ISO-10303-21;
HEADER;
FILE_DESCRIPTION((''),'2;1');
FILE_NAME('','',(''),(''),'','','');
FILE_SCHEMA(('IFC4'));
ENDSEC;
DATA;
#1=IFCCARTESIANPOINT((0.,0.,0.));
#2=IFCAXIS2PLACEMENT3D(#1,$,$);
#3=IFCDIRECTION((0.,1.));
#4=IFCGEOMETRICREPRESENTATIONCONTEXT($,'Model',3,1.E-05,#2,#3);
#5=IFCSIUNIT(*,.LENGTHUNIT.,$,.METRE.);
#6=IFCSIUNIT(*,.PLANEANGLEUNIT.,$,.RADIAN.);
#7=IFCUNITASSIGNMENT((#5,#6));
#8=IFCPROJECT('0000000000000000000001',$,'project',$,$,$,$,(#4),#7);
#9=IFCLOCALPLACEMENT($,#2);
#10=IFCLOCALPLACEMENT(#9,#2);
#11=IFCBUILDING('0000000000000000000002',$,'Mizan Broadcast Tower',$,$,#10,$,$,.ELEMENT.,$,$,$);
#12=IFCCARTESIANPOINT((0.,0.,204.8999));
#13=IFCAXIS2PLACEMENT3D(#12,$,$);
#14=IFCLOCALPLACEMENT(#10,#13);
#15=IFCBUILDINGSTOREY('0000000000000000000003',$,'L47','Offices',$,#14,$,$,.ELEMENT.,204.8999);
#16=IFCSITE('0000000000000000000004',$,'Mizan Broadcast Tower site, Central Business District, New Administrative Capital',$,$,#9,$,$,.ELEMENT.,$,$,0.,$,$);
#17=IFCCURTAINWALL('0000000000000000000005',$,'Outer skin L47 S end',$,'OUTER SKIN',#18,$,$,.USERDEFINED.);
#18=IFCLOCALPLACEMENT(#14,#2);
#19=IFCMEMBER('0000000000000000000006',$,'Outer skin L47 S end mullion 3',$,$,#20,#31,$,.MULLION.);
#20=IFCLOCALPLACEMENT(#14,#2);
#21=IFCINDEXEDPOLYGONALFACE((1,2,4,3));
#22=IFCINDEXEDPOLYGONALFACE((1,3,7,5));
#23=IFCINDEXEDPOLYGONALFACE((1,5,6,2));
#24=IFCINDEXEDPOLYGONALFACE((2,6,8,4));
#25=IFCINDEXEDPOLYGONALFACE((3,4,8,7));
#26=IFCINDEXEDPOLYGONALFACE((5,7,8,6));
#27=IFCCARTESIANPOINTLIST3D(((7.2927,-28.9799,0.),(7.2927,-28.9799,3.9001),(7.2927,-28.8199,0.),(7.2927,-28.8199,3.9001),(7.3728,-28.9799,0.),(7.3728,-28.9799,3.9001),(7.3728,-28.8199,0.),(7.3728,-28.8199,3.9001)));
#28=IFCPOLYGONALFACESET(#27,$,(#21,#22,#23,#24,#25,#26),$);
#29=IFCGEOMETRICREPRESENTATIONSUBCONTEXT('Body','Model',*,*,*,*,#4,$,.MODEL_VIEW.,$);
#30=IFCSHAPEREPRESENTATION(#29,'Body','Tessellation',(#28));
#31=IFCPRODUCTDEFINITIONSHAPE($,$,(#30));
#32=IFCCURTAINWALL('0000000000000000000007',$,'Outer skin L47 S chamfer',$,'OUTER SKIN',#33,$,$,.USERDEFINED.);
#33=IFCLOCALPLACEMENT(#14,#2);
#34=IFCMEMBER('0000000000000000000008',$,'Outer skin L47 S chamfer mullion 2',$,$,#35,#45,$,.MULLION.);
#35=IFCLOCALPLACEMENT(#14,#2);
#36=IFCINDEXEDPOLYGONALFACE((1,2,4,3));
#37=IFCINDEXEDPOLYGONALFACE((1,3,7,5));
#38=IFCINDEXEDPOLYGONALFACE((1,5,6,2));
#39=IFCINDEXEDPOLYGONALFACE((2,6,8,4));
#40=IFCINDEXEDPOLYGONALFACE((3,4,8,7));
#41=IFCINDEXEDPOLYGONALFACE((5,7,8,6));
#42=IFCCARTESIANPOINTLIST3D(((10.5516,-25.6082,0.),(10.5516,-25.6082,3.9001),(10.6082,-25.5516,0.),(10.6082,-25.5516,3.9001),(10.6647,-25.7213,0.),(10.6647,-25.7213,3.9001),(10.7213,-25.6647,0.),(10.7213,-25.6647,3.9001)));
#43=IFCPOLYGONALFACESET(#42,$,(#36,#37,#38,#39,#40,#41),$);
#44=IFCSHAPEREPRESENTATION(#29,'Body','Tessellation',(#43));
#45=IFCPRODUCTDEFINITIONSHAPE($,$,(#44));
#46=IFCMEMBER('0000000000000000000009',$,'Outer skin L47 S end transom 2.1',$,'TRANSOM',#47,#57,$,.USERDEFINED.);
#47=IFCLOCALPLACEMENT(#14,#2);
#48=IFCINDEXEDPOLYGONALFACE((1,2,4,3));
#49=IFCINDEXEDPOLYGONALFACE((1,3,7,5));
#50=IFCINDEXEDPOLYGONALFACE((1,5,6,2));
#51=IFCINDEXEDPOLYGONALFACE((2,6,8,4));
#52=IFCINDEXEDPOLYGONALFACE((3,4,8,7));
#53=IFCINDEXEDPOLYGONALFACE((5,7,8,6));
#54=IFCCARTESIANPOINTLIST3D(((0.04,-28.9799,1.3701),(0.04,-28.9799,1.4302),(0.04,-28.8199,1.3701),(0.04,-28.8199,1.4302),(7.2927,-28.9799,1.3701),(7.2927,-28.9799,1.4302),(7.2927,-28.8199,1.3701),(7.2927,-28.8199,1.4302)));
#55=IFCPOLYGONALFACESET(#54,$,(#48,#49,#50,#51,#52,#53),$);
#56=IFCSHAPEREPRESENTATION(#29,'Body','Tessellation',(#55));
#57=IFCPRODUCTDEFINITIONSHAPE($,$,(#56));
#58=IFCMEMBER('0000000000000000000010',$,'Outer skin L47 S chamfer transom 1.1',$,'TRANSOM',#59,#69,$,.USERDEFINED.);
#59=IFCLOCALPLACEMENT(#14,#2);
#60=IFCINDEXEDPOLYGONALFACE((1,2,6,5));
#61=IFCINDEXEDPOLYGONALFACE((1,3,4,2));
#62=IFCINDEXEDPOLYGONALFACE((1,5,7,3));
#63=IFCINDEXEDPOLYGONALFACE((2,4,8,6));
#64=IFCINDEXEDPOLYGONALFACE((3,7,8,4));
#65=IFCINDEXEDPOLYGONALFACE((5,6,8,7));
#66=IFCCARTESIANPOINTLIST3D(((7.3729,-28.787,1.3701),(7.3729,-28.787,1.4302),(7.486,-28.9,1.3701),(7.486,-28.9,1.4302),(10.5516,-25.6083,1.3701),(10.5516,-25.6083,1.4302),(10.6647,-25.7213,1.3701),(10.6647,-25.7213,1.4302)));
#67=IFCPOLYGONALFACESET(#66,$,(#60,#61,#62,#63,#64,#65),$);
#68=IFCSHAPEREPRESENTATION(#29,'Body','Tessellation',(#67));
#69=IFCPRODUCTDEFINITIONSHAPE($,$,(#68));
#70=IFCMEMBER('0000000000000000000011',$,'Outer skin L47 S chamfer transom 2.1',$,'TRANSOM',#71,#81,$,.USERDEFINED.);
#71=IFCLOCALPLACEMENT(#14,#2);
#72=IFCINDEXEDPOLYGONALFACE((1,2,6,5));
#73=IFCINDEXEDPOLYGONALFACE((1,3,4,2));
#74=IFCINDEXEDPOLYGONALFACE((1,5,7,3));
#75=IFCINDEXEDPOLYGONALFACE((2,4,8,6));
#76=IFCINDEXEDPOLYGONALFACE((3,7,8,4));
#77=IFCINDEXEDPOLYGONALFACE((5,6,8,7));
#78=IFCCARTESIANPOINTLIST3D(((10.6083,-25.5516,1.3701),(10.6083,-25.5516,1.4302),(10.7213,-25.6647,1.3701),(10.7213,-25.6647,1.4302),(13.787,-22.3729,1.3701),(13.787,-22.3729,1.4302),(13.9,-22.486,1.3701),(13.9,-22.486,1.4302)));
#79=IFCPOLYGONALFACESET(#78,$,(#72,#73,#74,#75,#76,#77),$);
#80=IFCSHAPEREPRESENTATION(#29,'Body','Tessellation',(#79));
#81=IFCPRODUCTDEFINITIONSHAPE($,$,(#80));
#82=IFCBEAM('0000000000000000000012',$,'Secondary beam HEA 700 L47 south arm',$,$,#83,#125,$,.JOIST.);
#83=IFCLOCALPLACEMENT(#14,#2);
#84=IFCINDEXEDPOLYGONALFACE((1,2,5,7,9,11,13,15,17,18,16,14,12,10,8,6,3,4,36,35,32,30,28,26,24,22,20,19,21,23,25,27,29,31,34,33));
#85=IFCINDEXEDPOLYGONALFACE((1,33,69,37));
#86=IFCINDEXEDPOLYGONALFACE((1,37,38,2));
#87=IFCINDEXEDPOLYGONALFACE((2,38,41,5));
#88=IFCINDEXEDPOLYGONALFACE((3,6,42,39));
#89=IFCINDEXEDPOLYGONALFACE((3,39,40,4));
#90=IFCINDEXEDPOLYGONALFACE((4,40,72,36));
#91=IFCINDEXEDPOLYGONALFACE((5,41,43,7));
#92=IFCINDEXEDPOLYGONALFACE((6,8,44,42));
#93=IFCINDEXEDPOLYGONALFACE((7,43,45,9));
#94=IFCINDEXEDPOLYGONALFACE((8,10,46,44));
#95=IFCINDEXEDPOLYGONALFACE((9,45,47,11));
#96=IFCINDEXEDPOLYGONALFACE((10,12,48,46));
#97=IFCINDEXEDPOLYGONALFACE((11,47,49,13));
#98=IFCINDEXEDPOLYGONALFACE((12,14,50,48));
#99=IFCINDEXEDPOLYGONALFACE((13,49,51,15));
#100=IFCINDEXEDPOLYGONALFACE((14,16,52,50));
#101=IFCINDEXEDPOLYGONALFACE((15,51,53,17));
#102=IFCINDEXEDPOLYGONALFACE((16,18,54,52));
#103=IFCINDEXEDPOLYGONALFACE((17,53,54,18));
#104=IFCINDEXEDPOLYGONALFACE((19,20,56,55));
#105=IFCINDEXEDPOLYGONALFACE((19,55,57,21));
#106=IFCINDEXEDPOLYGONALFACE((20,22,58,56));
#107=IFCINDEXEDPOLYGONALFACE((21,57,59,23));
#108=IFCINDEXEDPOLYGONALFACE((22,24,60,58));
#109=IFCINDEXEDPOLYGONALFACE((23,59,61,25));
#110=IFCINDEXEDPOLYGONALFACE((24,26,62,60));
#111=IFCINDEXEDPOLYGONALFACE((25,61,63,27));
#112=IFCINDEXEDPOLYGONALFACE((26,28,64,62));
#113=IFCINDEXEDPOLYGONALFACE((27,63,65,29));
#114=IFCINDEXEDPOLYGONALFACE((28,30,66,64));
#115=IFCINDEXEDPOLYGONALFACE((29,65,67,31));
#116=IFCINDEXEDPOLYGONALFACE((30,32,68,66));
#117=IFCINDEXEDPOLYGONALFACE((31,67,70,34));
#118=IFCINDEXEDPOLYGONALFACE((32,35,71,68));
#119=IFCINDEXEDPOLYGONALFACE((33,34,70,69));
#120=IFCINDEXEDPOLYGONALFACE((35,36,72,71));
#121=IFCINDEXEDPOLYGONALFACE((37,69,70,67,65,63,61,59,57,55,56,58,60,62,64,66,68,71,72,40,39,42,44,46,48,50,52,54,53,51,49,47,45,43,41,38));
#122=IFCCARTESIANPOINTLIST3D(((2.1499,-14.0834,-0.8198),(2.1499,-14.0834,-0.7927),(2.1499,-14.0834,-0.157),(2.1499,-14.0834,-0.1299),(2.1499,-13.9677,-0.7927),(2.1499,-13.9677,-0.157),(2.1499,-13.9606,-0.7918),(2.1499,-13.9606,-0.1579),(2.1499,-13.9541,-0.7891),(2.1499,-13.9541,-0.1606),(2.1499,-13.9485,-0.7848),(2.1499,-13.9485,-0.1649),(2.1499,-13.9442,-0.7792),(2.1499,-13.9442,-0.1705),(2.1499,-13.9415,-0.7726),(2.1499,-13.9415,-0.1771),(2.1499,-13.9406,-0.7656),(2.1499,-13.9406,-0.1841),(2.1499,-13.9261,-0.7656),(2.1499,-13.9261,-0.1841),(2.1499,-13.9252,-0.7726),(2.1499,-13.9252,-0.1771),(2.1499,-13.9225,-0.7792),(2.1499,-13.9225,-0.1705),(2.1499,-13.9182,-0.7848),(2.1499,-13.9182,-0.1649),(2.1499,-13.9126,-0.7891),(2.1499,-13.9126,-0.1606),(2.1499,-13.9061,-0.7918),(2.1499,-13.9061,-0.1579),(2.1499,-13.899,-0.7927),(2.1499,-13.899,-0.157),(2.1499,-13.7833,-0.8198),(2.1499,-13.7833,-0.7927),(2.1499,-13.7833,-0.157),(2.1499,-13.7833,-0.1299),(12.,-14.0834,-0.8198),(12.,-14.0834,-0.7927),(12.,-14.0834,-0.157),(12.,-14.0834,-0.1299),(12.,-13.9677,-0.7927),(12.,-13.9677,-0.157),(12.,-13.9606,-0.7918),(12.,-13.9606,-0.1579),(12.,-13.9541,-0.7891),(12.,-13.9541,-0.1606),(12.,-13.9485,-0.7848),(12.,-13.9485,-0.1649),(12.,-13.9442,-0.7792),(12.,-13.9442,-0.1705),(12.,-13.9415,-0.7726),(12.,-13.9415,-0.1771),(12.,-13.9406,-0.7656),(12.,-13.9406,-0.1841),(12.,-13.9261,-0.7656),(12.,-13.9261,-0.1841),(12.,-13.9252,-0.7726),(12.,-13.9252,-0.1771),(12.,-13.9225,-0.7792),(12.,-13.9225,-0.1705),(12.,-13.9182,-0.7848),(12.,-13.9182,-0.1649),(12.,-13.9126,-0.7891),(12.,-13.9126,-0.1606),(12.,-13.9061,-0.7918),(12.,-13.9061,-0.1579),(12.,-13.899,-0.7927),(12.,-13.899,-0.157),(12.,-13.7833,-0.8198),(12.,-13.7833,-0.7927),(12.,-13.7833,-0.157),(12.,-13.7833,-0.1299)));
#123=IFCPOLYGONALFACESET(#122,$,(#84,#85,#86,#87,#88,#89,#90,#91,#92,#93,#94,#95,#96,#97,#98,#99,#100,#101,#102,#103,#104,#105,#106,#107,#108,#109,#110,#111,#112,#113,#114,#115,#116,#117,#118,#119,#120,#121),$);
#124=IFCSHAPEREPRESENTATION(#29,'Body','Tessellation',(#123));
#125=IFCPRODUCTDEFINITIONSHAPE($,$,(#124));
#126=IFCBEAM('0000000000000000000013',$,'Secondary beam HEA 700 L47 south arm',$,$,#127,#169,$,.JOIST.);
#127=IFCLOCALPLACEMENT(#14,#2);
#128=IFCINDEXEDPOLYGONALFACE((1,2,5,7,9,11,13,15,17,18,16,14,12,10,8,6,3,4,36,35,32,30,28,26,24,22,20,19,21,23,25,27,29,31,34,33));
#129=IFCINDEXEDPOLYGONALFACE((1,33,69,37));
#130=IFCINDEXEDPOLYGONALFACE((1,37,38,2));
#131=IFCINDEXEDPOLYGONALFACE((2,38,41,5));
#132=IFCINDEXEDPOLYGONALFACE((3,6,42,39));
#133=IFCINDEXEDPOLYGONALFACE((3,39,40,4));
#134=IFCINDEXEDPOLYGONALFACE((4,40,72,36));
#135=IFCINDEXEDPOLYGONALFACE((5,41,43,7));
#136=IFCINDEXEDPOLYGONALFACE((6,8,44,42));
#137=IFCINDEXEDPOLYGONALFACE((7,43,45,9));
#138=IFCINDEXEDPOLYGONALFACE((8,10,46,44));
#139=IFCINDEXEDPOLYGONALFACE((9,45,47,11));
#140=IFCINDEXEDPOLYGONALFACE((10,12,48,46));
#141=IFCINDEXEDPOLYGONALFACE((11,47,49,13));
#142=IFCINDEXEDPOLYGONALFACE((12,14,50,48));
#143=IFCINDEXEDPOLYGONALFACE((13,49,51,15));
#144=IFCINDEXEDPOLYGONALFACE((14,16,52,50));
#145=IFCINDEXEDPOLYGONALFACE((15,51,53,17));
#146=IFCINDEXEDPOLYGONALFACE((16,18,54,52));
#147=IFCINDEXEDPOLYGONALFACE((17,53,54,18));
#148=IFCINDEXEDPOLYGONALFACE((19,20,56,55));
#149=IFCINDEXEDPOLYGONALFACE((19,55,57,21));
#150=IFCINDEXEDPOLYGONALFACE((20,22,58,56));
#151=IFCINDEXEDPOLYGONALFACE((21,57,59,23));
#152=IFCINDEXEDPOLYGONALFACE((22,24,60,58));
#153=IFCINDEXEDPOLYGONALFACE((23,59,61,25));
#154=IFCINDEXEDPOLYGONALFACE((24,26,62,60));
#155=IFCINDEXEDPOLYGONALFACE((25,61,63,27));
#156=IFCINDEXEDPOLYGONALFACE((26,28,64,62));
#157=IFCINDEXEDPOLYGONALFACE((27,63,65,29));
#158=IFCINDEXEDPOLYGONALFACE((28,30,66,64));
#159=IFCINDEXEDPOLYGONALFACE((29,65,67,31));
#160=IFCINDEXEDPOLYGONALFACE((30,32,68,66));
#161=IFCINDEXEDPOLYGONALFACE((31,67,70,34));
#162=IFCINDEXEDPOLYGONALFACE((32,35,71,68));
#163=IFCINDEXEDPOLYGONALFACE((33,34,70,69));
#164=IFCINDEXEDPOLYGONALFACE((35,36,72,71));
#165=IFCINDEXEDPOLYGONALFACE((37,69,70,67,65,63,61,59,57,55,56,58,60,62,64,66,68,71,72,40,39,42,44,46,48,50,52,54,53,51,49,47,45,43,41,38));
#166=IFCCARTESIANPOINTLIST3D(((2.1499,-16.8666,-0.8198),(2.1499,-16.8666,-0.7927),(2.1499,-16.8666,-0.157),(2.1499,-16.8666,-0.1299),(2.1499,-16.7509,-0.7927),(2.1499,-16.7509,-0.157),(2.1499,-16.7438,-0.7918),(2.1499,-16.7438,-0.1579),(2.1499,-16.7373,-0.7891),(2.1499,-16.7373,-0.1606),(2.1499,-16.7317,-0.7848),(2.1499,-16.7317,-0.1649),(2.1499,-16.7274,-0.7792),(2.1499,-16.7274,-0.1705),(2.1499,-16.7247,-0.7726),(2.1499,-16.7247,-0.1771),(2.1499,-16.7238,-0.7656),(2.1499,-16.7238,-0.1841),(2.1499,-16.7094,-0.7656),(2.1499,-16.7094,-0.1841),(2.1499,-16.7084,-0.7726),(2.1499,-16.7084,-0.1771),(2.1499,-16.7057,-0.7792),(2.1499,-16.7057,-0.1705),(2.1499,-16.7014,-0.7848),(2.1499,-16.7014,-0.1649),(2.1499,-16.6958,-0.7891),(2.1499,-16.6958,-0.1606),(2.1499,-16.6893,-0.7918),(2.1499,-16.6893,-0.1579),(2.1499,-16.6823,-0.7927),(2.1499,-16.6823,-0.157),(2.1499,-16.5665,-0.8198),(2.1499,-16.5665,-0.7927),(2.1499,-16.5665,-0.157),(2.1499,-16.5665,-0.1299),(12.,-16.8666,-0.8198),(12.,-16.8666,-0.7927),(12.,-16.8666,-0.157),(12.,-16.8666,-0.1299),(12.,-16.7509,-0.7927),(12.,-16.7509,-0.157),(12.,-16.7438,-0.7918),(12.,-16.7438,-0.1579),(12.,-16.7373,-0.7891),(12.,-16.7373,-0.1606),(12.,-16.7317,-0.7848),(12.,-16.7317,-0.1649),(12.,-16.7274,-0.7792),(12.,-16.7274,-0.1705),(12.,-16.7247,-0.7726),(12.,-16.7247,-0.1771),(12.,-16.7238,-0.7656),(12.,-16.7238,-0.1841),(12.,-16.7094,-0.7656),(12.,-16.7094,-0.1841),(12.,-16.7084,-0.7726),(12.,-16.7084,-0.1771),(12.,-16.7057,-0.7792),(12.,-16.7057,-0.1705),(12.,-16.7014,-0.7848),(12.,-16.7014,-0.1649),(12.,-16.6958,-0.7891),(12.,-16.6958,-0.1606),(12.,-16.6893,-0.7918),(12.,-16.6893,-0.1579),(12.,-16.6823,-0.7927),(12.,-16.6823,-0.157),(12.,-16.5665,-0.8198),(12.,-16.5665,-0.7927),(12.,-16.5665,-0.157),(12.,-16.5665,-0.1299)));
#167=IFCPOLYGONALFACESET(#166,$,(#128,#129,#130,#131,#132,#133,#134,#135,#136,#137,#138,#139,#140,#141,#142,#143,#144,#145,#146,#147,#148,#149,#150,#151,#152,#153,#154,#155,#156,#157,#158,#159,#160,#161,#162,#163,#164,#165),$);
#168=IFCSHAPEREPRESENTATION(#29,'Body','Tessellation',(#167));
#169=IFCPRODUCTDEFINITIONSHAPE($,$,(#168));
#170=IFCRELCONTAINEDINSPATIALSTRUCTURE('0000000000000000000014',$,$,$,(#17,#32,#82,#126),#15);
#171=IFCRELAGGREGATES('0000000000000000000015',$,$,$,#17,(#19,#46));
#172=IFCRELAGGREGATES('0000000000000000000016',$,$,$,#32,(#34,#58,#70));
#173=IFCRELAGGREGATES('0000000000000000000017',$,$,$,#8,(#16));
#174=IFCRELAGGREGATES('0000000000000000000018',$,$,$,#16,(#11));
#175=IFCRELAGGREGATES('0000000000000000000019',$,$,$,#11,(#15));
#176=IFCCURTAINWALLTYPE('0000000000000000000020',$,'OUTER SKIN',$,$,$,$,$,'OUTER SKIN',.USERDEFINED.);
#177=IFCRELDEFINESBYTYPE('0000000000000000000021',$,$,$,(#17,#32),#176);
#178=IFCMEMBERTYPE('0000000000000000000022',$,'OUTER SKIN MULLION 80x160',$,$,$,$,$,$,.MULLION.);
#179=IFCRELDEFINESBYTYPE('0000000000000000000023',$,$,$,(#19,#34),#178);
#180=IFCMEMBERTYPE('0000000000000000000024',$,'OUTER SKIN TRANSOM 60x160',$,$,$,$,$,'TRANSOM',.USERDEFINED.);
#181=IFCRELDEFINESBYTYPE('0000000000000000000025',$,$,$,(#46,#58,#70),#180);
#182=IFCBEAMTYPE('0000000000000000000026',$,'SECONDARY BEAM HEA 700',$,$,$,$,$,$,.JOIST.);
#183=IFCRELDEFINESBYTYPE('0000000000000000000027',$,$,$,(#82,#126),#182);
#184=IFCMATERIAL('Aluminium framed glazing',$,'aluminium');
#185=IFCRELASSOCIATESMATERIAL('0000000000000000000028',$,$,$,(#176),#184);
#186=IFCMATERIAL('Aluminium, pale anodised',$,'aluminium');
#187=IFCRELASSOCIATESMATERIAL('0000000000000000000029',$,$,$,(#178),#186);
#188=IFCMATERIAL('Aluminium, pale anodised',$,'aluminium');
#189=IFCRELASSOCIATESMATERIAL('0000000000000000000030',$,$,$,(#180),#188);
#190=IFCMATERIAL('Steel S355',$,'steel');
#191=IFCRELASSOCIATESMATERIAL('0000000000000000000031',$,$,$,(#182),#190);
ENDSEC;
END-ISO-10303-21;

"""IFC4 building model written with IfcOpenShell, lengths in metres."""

from ifc_helpers import new_model, si_unit, direction, frame, origin, origin_2d, place, context, subcontext, project, spatial, rectangle, i_section, extrude, material, material_profile, profile_set, type_object, element, aggregate, save


model = new_model("IFC4")

# Units and contexts
model_context = context("Model", 3, precision=1e-05, world=origin(), true_north=direction((0.0, 1.0)))
body_context = subcontext(model_context, "Body", "Model", "MODEL_VIEW")
ifc_project = project(units=[si_unit("LENGTHUNIT", "METRE"), si_unit("PLANEANGLEUNIT", "RADIAN")], contexts=[model_context])

# Site, building, storey
site_placement = place(None, origin())
site = spatial("IfcSite", under=ifc_project, at=site_placement, Name="Mizan Broadcast Tower site, Central Business District, New Administrative Capital", CompositionType="ELEMENT", RefElevation=0.0)
building_placement = place(site_placement, origin())
building = spatial("IfcBuilding", under=site, at=building_placement, Name="Mizan Broadcast Tower", CompositionType="ELEMENT")
storey_placement = place(building_placement, frame((0.0, 0.0, 204.8999)))
storey = spatial("IfcBuildingStorey", under=building, at=storey_placement, Name="L47", Description="Offices", CompositionType="ELEMENT", Elevation=204.8999)

# Curtain wall, member
ifc_material_1 = material(Name="Aluminium framed glazing", Category="aluminium")
curtain_wall_type_1 = type_object("IfcCurtainWallType", Name="OUTER SKIN", ElementType="OUTER SKIN", PredefinedType="USERDEFINED", material=ifc_material_1)
curtain_wall_1_placement = place(storey_placement, origin())
curtain_wall_1 = element("IfcCurtainWall", 1, at=curtain_wall_1_placement, inside=storey, type_object=curtain_wall_type_1, Name="Outer skin L47 S end", ObjectType="OUTER SKIN", PredefinedType="USERDEFINED")
ifc_material_2 = material(Name="Aluminium, pale anodised", Category="aluminium")
ifc_material_profile_1 = material_profile(ifc_material_2, rectangle(XDim=0.1599, YDim=0.0801, at=origin_2d()), Name="MULLION 160x80")
ifc_profile_set_1 = profile_set([ifc_material_profile_1], Name="Aluminium, pale anodised")
member_type_1 = type_object("IfcMemberType", Name="OUTER SKIN MULLION 80x160", PredefinedType="MULLION", material=ifc_profile_set_1)
member_1_placement = place(storey_placement, frame((7.3328, -28.8999, 0.0), z_axis=(0.0, 0.0, 1.0), x_axis=(0.0, 1.0, 0.0)))
member_1 = element("IfcMember", 2, at=member_1_placement, type_object=member_type_1, Name="Outer skin L47 S end mullion 3", PredefinedType="MULLION", context=body_context, shape_type="SweptSolid", body=[
    extrude(rectangle(XDim=0.1599, YDim=0.0801, at=origin_2d()), origin(), (0.0, 0.0, 1.0), 3.9001),
])

# Curtain wall, member
curtain_wall_2_placement = place(storey_placement, origin())
curtain_wall_2 = element("IfcCurtainWall", 3, at=curtain_wall_2_placement, inside=storey, type_object=curtain_wall_type_1, Name="Outer skin L47 S chamfer", ObjectType="OUTER SKIN", PredefinedType="USERDEFINED")
member_2_placement = place(storey_placement, frame((10.6365, -25.6365, 0.0), z_axis=(0.0, 0.0, 1.0), x_axis=(-0.707107, 0.707107, 0.0)))
member_2 = element("IfcMember", 4, at=member_2_placement, type_object=member_type_1, Name="Outer skin L47 S chamfer mullion 2", PredefinedType="MULLION", context=body_context, shape_type="SweptSolid", body=[
    extrude(rectangle(XDim=0.1599, YDim=0.0801, at=origin_2d()), origin(), (0.0, 0.0, 1.0), 3.9001),
])

# Members
ifc_material_3 = material(Name="Aluminium, pale anodised", Category="aluminium")
ifc_material_profile_2 = material_profile(ifc_material_3, rectangle(XDim=0.1599, YDim=0.0601, at=origin_2d()), Name="TRANSOM 160x60")
ifc_profile_set_2 = profile_set([ifc_material_profile_2], Name="Aluminium, pale anodised")
member_type_2 = type_object("IfcMemberType", Name="OUTER SKIN TRANSOM 60x160", ElementType="TRANSOM", PredefinedType="USERDEFINED", material=ifc_profile_set_2)
member_3_placement = place(storey_placement, frame((0.04, -28.8999, 1.4001), z_axis=(1.0, 0.0, 0.0), x_axis=(0.0, 1.0, 0.0)))
member_3 = element("IfcMember", 5, at=member_3_placement, type_object=member_type_2, Name="Outer skin L47 S end transom 2.1", ObjectType="TRANSOM", PredefinedType="USERDEFINED", context=body_context, shape_type="SweptSolid", body=[
    extrude(rectangle(XDim=0.1599, YDim=0.0601, at=origin_2d()), origin(), (0.0, 0.0, 1.0), 7.2527),
])
member_4_placement = place(storey_placement, frame((7.4294, -28.8435, 1.4001), z_axis=(0.707107, 0.707107, 0.0), x_axis=(-0.707107, 0.707107, 0.0)))
member_4 = element("IfcMember", 6, at=member_4_placement, type_object=member_type_2, Name="Outer skin L47 S chamfer transom 1.1", ObjectType="TRANSOM", PredefinedType="USERDEFINED", context=body_context, shape_type="SweptSolid", body=[
    extrude(rectangle(XDim=0.1599, YDim=0.0601, at=origin_2d()), origin(), (0.0, 0.0, 1.0), 4.4954),
])
member_5_placement = place(storey_placement, frame((10.6648, -25.6082, 1.4001), z_axis=(0.707107, 0.707107, 0.0), x_axis=(-0.707107, 0.707107, 0.0)))
member_5 = element("IfcMember", 7, at=member_5_placement, type_object=member_type_2, Name="Outer skin L47 S chamfer transom 2.1", ObjectType="TRANSOM", PredefinedType="USERDEFINED", context=body_context, shape_type="SweptSolid", body=[
    extrude(rectangle(XDim=0.1599, YDim=0.0601, at=origin_2d()), origin(), (0.0, 0.0, 1.0), 4.4954),
])

# Beams
ifc_material_4 = material(Name="Steel S355", Category="steel")
ifc_material_profile_3 = material_profile(ifc_material_4, i_section(OverallWidth=0.3, OverallDepth=0.6899, WebThickness=0.0144, FlangeThickness=0.0271, FilletRadius=0.0271, at=origin_2d()), Name="HEA 700")
ifc_profile_set_3 = profile_set([ifc_material_profile_3], Name="Steel S355")
beam_type_1 = type_object("IfcBeamType", Name="SECONDARY BEAM HEA 700", PredefinedType="JOIST", material=ifc_profile_set_3)
for number, where, z_axis, x_axis, name in (
    (8, (12.0, -13.9333, -0.4749), (-1.0, 0.0, 0.0), (0.0, -1.0, 0.0), "Secondary beam HEA 700 L47 south arm"),
    (9, (12.0, -16.7166, -0.4749), (-1.0, 0.0, 0.0), (0.0, -1.0, 0.0), "Secondary beam HEA 700 L47 south arm"),
):
    element("IfcBeam", number, at=place(storey_placement, frame(where, z_axis=z_axis, x_axis=x_axis)), inside=storey, type_object=beam_type_1, Name=name, PredefinedType="JOIST", context=body_context, shape_type="SweptSolid", body=[
        extrude(i_section(OverallWidth=0.3, OverallDepth=0.6899, WebThickness=0.0144, FlangeThickness=0.0271, FilletRadius=0.0271, at=origin_2d()), origin(), (0.0, 0.0, 1.0), 9.8501),
    ])

aggregate(curtain_wall_1, [member_1, member_3])
aggregate(curtain_wall_2, [member_2, member_4, member_5])

save(model, "model.ifc")
